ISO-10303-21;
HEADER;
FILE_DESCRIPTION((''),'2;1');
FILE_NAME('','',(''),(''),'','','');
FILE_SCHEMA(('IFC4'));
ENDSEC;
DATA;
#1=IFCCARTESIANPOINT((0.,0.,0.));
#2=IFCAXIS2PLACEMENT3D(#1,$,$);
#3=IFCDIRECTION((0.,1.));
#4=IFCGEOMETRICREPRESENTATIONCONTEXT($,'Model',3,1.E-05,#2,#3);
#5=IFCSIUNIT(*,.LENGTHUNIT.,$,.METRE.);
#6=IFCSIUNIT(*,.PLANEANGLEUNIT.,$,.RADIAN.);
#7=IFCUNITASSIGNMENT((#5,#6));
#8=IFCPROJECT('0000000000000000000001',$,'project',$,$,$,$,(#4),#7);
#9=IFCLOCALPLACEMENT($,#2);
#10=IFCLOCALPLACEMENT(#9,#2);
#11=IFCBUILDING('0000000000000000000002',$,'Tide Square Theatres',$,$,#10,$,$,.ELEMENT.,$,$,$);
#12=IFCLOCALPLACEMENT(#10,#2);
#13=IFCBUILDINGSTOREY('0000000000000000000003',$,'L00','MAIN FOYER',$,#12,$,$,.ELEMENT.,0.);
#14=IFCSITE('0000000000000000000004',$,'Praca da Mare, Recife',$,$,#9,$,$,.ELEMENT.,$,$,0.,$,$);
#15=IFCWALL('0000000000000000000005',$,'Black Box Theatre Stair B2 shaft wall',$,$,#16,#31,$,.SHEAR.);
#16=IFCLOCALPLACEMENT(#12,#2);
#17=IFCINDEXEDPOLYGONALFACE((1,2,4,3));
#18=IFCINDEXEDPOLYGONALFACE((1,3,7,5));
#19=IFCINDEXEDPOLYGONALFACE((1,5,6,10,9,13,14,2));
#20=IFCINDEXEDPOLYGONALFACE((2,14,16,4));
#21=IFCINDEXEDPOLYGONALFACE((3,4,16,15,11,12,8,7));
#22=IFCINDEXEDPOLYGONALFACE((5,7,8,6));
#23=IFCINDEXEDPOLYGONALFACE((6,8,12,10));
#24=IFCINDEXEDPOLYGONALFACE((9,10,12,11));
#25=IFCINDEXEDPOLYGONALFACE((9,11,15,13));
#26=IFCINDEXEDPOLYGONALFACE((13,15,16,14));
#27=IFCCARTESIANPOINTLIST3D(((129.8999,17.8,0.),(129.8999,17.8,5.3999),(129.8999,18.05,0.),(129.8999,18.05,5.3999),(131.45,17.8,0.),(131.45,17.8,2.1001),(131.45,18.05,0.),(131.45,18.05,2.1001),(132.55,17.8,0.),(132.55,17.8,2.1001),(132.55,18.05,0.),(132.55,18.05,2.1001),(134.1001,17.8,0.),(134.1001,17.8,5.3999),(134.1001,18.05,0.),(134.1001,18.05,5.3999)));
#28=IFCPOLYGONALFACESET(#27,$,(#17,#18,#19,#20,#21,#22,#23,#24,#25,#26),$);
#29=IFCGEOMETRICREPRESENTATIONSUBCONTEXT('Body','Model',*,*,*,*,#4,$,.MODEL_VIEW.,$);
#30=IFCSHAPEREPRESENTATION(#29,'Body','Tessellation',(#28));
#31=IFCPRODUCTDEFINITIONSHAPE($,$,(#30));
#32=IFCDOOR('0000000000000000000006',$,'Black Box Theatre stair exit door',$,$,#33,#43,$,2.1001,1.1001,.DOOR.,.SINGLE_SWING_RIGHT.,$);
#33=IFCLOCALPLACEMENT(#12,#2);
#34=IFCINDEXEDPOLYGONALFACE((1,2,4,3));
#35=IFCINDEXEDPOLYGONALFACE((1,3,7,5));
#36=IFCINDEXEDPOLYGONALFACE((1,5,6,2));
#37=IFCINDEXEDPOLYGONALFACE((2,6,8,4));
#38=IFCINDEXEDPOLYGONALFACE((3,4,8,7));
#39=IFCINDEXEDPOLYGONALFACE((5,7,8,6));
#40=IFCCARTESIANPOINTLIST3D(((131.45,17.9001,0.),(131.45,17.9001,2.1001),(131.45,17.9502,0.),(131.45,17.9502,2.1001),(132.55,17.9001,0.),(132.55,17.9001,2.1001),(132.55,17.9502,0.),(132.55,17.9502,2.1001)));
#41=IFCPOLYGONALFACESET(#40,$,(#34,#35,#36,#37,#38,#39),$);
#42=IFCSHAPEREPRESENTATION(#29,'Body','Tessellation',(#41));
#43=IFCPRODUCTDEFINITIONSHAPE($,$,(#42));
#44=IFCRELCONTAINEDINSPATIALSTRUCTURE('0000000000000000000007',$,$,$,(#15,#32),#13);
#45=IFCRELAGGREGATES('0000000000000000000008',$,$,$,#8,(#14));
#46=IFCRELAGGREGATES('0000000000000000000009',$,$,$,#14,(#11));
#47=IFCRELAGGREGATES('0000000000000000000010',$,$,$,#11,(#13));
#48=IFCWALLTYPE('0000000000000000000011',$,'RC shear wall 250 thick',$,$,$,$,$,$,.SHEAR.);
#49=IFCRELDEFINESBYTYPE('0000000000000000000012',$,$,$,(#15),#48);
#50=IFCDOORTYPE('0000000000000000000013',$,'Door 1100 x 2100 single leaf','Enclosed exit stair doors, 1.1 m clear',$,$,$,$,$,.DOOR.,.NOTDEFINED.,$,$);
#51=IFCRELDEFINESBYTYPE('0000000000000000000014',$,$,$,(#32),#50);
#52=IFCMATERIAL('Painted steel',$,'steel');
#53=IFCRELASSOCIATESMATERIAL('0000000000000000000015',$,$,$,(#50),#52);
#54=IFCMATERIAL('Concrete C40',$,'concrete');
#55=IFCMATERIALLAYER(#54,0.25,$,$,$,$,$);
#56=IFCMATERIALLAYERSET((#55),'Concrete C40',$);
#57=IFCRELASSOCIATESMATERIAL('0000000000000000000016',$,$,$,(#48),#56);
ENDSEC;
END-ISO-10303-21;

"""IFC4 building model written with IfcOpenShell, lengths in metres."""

from ifc_helpers import new_model, si_unit, direction, frame, frame_2d, origin, place, context, subcontext, project, spatial, rectangle, extrude, material, layer, layer_set, type_object, element, fill, save


model = new_model("IFC4")

# Units and contexts
model_context = context("Model", 3, precision=1e-05, world=origin(), true_north=direction((0.0, 1.0)))
body_context = subcontext(model_context, "Body", "Model", "MODEL_VIEW")
ifc_project = project(units=[si_unit("LENGTHUNIT", "METRE"), si_unit("PLANEANGLEUNIT", "RADIAN")], contexts=[model_context])

# Site, building, storey
site_placement = place(None, origin())
site = spatial("IfcSite", under=ifc_project, at=site_placement, Name="Praca da Mare, Recife", CompositionType="ELEMENT", RefElevation=0.0)
building_placement = place(site_placement, origin())
building = spatial("IfcBuilding", under=site, at=building_placement, Name="Tide Square Theatres", CompositionType="ELEMENT")
storey_placement = place(building_placement, origin())
storey = spatial("IfcBuildingStorey", under=building, at=storey_placement, Name="L00", Description="MAIN FOYER", CompositionType="ELEMENT", Elevation=0.0)

# Shared definitions
ifc_material_1 = material(Name="Painted steel", Category="steel")
door_type = type_object("IfcDoorType", Name="Door 1100 x 2100 single leaf", Description="Enclosed exit stair doors, 1.1 m clear", OperationType="NOTDEFINED", PredefinedType="DOOR", material=ifc_material_1)

# Shared definitions
ifc_material_2 = material(Name="Concrete C40", Category="concrete")
ifc_layer_1 = layer(ifc_material_2, 0.25)
ifc_layer_set_1 = layer_set([ifc_layer_1], Name="Concrete C40")
wall_type_1 = type_object("IfcWallType", Name="RC shear wall 250 thick", PredefinedType="SHEAR", material=ifc_layer_set_1)

# Wall, opening, door
wall_1_placement = place(storey_placement, frame((134.1001, 17.925, 0.0), z_axis=(0.0, 0.0, 1.0), x_axis=(-1.0, 0.0, 0.0)))
wall_1 = element("IfcWall", 1, at=wall_1_placement, inside=storey, type_object=wall_type_1, Name="Black Box Theatre Stair B2 shaft wall", PredefinedType="SHEAR", context=body_context, shape_type="SweptSolid", body=[
    extrude(rectangle(XDim=4.2002, YDim=0.25, at=frame_2d((2.1001, 0.0))), origin(), (0.0, 0.0, 1.0), 5.3999),
])
opening_1_placement = place(wall_1_placement, frame((1.55, 0.0, 0.0)))
opening_1 = element("IfcOpeningElement", 2, at=opening_1_placement, cuts=wall_1, PredefinedType="OPENING", context=body_context, shape_type="SweptSolid", body=[
    extrude(rectangle(XDim=1.1001, YDim=2.1001, at=frame_2d((0.55, 1.05))), frame((0.0, 0.135, 0.0), z_axis=(0.0, -1.0, 0.0), x_axis=(1.0, 0.0, 0.0)), (0.0, 0.0, 1.0), 0.27),
])
door_1_placement = place(opening_1_placement, origin())
door_1 = element("IfcDoor", 3, at=door_1_placement, inside=storey, type_object=door_type, Name="Black Box Theatre stair exit door", OperationType="SINGLE_SWING_RIGHT", OverallHeight=2.1001, OverallWidth=1.1001, PredefinedType="DOOR", context=body_context, shape_type="SweptSolid", body=[
    extrude(rectangle(XDim=1.1001, YDim=2.1001, at=frame_2d((0.55, 1.05))), frame((0.0, 0.0249, 0.0), z_axis=(0.0, -1.0, 0.0), x_axis=(1.0, 0.0, 0.0)), (0.0, 0.0, 1.0), 0.05),
])
fill(opening_1, door_1)

save(model, "model.ifc")
